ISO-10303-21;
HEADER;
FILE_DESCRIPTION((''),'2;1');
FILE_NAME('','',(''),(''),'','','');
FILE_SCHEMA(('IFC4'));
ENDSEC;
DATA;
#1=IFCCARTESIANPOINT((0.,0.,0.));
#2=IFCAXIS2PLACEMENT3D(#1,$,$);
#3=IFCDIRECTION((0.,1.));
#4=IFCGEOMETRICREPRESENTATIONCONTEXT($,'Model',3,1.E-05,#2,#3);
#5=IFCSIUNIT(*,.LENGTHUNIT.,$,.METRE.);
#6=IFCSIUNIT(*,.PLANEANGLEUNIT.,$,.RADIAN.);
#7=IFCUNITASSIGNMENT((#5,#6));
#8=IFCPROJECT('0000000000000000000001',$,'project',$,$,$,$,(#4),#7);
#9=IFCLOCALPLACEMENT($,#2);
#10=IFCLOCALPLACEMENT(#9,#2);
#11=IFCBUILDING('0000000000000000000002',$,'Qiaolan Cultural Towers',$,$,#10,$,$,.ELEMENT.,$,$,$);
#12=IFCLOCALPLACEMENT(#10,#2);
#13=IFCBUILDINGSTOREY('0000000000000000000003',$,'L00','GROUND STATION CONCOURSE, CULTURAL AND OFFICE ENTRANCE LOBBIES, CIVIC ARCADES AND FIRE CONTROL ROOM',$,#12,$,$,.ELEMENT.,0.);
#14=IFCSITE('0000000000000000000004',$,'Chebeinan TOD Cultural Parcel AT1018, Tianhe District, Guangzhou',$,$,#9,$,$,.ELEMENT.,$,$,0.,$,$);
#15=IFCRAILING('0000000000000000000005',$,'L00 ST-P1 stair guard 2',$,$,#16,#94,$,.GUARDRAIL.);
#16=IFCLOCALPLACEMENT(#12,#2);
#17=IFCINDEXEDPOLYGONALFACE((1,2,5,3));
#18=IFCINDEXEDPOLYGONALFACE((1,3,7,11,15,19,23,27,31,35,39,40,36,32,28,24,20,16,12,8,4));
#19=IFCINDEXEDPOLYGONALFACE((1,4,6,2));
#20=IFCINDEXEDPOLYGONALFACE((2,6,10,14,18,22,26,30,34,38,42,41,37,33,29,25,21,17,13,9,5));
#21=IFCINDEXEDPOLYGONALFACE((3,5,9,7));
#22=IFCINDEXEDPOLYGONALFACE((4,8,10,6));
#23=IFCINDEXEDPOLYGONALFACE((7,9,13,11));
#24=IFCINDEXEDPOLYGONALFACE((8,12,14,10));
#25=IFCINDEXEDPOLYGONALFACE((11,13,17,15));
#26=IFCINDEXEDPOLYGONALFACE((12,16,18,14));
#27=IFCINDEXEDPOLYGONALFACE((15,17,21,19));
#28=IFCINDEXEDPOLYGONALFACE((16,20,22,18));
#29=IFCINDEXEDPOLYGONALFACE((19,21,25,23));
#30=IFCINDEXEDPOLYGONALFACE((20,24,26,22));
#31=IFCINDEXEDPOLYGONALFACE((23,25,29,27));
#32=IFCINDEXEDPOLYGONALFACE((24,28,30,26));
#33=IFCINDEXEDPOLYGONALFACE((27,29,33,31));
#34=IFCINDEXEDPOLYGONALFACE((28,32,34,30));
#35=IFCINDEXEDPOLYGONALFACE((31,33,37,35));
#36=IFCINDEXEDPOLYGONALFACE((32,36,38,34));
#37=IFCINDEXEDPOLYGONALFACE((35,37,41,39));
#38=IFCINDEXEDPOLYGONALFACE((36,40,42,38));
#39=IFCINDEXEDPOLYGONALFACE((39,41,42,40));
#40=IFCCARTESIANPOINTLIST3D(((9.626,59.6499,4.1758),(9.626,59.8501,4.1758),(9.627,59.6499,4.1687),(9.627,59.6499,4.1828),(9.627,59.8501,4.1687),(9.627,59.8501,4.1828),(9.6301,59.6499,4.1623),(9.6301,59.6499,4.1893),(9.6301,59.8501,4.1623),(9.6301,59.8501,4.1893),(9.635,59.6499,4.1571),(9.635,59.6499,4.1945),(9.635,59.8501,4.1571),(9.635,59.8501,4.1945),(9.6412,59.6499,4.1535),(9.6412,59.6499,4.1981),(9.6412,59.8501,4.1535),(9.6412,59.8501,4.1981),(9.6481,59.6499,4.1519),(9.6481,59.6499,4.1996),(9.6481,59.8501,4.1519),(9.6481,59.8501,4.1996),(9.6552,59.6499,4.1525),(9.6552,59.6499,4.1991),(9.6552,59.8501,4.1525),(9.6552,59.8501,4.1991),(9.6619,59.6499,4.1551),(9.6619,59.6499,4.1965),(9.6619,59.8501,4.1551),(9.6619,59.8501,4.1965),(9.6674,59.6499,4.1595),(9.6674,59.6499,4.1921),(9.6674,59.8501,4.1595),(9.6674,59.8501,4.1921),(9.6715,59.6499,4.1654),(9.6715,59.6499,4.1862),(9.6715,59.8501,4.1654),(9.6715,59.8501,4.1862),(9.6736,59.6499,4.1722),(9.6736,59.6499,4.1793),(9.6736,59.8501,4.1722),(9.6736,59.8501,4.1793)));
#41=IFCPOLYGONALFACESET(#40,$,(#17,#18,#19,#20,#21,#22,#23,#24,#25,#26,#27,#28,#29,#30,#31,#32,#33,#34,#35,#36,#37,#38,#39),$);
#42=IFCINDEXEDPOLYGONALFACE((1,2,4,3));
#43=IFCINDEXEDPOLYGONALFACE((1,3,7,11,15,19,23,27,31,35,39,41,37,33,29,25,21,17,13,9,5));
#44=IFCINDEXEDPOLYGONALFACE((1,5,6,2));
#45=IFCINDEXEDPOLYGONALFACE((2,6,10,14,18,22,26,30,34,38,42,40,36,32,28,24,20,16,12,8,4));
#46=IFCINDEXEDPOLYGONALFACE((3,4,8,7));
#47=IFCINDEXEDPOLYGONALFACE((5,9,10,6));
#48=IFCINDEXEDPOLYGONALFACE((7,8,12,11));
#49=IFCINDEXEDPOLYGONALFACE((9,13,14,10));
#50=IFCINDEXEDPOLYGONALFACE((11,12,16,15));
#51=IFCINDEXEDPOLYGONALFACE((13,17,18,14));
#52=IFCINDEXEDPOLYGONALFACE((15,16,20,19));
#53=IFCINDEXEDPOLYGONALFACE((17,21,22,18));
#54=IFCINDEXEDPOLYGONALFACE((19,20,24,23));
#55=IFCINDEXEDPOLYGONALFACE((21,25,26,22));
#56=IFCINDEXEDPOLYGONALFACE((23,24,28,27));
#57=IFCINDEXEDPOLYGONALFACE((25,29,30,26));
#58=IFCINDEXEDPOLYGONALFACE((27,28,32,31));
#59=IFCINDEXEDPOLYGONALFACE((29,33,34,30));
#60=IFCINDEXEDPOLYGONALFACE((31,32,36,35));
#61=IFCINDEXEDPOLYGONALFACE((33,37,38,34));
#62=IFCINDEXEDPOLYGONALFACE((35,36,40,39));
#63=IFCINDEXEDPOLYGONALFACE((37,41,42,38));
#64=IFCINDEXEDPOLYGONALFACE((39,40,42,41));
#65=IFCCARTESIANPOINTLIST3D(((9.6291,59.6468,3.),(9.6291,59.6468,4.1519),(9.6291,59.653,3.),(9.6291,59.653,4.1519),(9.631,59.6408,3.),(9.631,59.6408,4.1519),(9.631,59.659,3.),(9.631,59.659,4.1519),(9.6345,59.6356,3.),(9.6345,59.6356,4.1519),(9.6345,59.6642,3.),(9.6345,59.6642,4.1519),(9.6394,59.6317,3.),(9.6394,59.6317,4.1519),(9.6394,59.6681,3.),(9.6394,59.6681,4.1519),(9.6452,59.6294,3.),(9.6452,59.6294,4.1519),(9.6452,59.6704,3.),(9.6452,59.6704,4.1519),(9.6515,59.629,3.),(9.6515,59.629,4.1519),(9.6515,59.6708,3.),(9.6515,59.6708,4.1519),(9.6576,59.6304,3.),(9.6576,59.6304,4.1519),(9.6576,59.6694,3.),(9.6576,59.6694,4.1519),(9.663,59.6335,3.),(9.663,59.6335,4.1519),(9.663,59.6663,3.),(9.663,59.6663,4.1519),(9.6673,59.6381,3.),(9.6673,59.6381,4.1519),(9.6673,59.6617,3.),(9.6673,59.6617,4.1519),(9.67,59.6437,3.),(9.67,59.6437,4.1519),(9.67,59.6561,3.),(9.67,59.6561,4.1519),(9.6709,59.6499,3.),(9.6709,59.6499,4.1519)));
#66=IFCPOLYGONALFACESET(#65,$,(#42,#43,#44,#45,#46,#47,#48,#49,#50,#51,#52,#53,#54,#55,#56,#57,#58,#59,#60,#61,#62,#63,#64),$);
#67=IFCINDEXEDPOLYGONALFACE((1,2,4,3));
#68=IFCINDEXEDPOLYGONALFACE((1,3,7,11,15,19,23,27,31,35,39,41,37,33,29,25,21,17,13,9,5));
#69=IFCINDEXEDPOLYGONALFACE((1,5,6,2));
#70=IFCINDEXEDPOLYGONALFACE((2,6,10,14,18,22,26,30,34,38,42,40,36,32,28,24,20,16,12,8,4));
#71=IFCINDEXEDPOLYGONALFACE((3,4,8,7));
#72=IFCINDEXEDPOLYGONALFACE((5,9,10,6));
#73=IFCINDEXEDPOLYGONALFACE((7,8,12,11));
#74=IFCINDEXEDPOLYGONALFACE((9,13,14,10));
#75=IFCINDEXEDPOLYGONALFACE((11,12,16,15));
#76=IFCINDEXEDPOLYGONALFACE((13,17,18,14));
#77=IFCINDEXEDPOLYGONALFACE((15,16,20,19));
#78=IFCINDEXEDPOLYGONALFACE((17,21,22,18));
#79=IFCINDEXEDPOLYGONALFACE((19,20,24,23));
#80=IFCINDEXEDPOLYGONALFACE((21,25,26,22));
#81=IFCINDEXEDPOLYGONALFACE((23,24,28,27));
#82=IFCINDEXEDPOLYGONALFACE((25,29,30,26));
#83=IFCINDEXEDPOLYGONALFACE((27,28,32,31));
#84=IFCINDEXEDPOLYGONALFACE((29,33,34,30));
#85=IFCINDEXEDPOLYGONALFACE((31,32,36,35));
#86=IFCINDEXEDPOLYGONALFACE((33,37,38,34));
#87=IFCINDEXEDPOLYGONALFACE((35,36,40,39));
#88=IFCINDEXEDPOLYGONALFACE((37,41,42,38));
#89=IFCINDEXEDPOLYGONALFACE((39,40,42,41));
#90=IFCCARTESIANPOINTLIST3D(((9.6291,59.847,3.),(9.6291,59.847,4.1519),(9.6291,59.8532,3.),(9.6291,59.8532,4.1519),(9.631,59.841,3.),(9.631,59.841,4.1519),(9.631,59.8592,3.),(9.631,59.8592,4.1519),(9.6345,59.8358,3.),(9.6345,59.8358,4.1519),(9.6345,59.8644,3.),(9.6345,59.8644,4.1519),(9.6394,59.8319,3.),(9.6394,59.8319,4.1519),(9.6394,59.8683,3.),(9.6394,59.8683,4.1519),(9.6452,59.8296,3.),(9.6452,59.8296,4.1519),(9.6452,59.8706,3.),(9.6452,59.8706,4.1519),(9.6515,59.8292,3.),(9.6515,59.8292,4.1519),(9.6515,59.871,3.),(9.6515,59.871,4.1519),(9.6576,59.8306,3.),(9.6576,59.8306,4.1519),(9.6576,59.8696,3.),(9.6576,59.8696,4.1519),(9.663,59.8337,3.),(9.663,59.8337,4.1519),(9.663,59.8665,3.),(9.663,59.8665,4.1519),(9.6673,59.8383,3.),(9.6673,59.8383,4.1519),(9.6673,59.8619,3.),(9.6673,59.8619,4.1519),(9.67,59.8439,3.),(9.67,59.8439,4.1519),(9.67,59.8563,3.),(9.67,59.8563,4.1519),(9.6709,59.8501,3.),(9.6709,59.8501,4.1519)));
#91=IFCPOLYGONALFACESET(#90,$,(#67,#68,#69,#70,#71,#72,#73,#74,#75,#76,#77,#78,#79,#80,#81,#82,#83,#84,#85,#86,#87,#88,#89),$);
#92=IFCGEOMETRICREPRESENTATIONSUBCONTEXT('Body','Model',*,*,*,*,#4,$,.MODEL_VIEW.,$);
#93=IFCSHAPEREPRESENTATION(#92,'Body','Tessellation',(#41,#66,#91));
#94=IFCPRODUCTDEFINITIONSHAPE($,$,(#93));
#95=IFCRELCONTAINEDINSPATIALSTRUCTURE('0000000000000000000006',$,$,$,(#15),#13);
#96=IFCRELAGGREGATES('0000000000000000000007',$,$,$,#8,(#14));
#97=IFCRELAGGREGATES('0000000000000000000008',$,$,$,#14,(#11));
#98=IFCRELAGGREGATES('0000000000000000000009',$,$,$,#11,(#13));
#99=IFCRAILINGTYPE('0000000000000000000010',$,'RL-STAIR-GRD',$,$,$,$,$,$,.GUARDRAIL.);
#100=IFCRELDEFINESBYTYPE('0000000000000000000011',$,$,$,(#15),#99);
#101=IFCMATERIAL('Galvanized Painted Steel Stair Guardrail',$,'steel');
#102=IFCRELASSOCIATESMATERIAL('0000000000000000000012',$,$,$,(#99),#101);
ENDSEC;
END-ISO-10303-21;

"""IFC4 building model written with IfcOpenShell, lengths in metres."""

from ifc_helpers import new_model, si_unit, direction, frame, origin, origin_2d, place, context, subcontext, project, spatial, circle, extrude, material, type_object, element, save


model = new_model("IFC4")

# Units and contexts
model_context = context("Model", 3, precision=1e-05, world=origin(), true_north=direction((0.0, 1.0)))
body_context = subcontext(model_context, "Body", "Model", "MODEL_VIEW")
ifc_project = project(units=[si_unit("LENGTHUNIT", "METRE"), si_unit("PLANEANGLEUNIT", "RADIAN")], contexts=[model_context])

# Site, building, storey
site_placement = place(None, origin())
site = spatial("IfcSite", under=ifc_project, at=site_placement, Name="Chebeinan TOD Cultural Parcel AT1018, Tianhe District, Guangzhou", CompositionType="ELEMENT", RefElevation=0.0)
building_placement = place(site_placement, origin())
building = spatial("IfcBuilding", under=site, at=building_placement, Name="Qiaolan Cultural Towers", CompositionType="ELEMENT")
storey_placement = place(building_placement, origin())
storey = spatial("IfcBuildingStorey", under=building, at=storey_placement, Name="L00", Description="GROUND STATION CONCOURSE, CULTURAL AND OFFICE ENTRANCE LOBBIES, CIVIC ARCADES AND FIRE CONTROL ROOM", CompositionType="ELEMENT", Elevation=0.0)

# Railing
ifc_material_1 = material(Name="Galvanized Painted Steel Stair Guardrail", Category="steel")
railing_type_1 = type_object("IfcRailingType", Name="RL-STAIR-GRD", PredefinedType="GUARDRAIL", material=ifc_material_1)
railing_1_placement = place(storey_placement, frame((9.6499, 59.6499, 3.0)))
element("IfcRailing", 1, at=railing_1_placement, inside=storey, type_object=railing_type_1, Name="L00 ST-P1 stair guard 2", PredefinedType="GUARDRAIL", context=body_context, shape_type="SweptSolid", body=[
    extrude(circle(Radius=0.0239, at=origin_2d()), frame((0.0, 0.0, 1.1758), z_axis=(0.0, 1.0, 0.0), x_axis=(-1.0, 0.0, 0.0)), (0.0, 0.0, 1.0), 0.2002),
    extrude(circle(Radius=0.021, at=origin_2d()), origin(), (0.0, 0.0, 1.0), 1.1519),
    extrude(circle(Radius=0.021, at=origin_2d()), frame((0.0, 0.2002, 0.0)), (0.0, 0.0, 1.0), 1.1519),
])

save(model, "model.ifc")
